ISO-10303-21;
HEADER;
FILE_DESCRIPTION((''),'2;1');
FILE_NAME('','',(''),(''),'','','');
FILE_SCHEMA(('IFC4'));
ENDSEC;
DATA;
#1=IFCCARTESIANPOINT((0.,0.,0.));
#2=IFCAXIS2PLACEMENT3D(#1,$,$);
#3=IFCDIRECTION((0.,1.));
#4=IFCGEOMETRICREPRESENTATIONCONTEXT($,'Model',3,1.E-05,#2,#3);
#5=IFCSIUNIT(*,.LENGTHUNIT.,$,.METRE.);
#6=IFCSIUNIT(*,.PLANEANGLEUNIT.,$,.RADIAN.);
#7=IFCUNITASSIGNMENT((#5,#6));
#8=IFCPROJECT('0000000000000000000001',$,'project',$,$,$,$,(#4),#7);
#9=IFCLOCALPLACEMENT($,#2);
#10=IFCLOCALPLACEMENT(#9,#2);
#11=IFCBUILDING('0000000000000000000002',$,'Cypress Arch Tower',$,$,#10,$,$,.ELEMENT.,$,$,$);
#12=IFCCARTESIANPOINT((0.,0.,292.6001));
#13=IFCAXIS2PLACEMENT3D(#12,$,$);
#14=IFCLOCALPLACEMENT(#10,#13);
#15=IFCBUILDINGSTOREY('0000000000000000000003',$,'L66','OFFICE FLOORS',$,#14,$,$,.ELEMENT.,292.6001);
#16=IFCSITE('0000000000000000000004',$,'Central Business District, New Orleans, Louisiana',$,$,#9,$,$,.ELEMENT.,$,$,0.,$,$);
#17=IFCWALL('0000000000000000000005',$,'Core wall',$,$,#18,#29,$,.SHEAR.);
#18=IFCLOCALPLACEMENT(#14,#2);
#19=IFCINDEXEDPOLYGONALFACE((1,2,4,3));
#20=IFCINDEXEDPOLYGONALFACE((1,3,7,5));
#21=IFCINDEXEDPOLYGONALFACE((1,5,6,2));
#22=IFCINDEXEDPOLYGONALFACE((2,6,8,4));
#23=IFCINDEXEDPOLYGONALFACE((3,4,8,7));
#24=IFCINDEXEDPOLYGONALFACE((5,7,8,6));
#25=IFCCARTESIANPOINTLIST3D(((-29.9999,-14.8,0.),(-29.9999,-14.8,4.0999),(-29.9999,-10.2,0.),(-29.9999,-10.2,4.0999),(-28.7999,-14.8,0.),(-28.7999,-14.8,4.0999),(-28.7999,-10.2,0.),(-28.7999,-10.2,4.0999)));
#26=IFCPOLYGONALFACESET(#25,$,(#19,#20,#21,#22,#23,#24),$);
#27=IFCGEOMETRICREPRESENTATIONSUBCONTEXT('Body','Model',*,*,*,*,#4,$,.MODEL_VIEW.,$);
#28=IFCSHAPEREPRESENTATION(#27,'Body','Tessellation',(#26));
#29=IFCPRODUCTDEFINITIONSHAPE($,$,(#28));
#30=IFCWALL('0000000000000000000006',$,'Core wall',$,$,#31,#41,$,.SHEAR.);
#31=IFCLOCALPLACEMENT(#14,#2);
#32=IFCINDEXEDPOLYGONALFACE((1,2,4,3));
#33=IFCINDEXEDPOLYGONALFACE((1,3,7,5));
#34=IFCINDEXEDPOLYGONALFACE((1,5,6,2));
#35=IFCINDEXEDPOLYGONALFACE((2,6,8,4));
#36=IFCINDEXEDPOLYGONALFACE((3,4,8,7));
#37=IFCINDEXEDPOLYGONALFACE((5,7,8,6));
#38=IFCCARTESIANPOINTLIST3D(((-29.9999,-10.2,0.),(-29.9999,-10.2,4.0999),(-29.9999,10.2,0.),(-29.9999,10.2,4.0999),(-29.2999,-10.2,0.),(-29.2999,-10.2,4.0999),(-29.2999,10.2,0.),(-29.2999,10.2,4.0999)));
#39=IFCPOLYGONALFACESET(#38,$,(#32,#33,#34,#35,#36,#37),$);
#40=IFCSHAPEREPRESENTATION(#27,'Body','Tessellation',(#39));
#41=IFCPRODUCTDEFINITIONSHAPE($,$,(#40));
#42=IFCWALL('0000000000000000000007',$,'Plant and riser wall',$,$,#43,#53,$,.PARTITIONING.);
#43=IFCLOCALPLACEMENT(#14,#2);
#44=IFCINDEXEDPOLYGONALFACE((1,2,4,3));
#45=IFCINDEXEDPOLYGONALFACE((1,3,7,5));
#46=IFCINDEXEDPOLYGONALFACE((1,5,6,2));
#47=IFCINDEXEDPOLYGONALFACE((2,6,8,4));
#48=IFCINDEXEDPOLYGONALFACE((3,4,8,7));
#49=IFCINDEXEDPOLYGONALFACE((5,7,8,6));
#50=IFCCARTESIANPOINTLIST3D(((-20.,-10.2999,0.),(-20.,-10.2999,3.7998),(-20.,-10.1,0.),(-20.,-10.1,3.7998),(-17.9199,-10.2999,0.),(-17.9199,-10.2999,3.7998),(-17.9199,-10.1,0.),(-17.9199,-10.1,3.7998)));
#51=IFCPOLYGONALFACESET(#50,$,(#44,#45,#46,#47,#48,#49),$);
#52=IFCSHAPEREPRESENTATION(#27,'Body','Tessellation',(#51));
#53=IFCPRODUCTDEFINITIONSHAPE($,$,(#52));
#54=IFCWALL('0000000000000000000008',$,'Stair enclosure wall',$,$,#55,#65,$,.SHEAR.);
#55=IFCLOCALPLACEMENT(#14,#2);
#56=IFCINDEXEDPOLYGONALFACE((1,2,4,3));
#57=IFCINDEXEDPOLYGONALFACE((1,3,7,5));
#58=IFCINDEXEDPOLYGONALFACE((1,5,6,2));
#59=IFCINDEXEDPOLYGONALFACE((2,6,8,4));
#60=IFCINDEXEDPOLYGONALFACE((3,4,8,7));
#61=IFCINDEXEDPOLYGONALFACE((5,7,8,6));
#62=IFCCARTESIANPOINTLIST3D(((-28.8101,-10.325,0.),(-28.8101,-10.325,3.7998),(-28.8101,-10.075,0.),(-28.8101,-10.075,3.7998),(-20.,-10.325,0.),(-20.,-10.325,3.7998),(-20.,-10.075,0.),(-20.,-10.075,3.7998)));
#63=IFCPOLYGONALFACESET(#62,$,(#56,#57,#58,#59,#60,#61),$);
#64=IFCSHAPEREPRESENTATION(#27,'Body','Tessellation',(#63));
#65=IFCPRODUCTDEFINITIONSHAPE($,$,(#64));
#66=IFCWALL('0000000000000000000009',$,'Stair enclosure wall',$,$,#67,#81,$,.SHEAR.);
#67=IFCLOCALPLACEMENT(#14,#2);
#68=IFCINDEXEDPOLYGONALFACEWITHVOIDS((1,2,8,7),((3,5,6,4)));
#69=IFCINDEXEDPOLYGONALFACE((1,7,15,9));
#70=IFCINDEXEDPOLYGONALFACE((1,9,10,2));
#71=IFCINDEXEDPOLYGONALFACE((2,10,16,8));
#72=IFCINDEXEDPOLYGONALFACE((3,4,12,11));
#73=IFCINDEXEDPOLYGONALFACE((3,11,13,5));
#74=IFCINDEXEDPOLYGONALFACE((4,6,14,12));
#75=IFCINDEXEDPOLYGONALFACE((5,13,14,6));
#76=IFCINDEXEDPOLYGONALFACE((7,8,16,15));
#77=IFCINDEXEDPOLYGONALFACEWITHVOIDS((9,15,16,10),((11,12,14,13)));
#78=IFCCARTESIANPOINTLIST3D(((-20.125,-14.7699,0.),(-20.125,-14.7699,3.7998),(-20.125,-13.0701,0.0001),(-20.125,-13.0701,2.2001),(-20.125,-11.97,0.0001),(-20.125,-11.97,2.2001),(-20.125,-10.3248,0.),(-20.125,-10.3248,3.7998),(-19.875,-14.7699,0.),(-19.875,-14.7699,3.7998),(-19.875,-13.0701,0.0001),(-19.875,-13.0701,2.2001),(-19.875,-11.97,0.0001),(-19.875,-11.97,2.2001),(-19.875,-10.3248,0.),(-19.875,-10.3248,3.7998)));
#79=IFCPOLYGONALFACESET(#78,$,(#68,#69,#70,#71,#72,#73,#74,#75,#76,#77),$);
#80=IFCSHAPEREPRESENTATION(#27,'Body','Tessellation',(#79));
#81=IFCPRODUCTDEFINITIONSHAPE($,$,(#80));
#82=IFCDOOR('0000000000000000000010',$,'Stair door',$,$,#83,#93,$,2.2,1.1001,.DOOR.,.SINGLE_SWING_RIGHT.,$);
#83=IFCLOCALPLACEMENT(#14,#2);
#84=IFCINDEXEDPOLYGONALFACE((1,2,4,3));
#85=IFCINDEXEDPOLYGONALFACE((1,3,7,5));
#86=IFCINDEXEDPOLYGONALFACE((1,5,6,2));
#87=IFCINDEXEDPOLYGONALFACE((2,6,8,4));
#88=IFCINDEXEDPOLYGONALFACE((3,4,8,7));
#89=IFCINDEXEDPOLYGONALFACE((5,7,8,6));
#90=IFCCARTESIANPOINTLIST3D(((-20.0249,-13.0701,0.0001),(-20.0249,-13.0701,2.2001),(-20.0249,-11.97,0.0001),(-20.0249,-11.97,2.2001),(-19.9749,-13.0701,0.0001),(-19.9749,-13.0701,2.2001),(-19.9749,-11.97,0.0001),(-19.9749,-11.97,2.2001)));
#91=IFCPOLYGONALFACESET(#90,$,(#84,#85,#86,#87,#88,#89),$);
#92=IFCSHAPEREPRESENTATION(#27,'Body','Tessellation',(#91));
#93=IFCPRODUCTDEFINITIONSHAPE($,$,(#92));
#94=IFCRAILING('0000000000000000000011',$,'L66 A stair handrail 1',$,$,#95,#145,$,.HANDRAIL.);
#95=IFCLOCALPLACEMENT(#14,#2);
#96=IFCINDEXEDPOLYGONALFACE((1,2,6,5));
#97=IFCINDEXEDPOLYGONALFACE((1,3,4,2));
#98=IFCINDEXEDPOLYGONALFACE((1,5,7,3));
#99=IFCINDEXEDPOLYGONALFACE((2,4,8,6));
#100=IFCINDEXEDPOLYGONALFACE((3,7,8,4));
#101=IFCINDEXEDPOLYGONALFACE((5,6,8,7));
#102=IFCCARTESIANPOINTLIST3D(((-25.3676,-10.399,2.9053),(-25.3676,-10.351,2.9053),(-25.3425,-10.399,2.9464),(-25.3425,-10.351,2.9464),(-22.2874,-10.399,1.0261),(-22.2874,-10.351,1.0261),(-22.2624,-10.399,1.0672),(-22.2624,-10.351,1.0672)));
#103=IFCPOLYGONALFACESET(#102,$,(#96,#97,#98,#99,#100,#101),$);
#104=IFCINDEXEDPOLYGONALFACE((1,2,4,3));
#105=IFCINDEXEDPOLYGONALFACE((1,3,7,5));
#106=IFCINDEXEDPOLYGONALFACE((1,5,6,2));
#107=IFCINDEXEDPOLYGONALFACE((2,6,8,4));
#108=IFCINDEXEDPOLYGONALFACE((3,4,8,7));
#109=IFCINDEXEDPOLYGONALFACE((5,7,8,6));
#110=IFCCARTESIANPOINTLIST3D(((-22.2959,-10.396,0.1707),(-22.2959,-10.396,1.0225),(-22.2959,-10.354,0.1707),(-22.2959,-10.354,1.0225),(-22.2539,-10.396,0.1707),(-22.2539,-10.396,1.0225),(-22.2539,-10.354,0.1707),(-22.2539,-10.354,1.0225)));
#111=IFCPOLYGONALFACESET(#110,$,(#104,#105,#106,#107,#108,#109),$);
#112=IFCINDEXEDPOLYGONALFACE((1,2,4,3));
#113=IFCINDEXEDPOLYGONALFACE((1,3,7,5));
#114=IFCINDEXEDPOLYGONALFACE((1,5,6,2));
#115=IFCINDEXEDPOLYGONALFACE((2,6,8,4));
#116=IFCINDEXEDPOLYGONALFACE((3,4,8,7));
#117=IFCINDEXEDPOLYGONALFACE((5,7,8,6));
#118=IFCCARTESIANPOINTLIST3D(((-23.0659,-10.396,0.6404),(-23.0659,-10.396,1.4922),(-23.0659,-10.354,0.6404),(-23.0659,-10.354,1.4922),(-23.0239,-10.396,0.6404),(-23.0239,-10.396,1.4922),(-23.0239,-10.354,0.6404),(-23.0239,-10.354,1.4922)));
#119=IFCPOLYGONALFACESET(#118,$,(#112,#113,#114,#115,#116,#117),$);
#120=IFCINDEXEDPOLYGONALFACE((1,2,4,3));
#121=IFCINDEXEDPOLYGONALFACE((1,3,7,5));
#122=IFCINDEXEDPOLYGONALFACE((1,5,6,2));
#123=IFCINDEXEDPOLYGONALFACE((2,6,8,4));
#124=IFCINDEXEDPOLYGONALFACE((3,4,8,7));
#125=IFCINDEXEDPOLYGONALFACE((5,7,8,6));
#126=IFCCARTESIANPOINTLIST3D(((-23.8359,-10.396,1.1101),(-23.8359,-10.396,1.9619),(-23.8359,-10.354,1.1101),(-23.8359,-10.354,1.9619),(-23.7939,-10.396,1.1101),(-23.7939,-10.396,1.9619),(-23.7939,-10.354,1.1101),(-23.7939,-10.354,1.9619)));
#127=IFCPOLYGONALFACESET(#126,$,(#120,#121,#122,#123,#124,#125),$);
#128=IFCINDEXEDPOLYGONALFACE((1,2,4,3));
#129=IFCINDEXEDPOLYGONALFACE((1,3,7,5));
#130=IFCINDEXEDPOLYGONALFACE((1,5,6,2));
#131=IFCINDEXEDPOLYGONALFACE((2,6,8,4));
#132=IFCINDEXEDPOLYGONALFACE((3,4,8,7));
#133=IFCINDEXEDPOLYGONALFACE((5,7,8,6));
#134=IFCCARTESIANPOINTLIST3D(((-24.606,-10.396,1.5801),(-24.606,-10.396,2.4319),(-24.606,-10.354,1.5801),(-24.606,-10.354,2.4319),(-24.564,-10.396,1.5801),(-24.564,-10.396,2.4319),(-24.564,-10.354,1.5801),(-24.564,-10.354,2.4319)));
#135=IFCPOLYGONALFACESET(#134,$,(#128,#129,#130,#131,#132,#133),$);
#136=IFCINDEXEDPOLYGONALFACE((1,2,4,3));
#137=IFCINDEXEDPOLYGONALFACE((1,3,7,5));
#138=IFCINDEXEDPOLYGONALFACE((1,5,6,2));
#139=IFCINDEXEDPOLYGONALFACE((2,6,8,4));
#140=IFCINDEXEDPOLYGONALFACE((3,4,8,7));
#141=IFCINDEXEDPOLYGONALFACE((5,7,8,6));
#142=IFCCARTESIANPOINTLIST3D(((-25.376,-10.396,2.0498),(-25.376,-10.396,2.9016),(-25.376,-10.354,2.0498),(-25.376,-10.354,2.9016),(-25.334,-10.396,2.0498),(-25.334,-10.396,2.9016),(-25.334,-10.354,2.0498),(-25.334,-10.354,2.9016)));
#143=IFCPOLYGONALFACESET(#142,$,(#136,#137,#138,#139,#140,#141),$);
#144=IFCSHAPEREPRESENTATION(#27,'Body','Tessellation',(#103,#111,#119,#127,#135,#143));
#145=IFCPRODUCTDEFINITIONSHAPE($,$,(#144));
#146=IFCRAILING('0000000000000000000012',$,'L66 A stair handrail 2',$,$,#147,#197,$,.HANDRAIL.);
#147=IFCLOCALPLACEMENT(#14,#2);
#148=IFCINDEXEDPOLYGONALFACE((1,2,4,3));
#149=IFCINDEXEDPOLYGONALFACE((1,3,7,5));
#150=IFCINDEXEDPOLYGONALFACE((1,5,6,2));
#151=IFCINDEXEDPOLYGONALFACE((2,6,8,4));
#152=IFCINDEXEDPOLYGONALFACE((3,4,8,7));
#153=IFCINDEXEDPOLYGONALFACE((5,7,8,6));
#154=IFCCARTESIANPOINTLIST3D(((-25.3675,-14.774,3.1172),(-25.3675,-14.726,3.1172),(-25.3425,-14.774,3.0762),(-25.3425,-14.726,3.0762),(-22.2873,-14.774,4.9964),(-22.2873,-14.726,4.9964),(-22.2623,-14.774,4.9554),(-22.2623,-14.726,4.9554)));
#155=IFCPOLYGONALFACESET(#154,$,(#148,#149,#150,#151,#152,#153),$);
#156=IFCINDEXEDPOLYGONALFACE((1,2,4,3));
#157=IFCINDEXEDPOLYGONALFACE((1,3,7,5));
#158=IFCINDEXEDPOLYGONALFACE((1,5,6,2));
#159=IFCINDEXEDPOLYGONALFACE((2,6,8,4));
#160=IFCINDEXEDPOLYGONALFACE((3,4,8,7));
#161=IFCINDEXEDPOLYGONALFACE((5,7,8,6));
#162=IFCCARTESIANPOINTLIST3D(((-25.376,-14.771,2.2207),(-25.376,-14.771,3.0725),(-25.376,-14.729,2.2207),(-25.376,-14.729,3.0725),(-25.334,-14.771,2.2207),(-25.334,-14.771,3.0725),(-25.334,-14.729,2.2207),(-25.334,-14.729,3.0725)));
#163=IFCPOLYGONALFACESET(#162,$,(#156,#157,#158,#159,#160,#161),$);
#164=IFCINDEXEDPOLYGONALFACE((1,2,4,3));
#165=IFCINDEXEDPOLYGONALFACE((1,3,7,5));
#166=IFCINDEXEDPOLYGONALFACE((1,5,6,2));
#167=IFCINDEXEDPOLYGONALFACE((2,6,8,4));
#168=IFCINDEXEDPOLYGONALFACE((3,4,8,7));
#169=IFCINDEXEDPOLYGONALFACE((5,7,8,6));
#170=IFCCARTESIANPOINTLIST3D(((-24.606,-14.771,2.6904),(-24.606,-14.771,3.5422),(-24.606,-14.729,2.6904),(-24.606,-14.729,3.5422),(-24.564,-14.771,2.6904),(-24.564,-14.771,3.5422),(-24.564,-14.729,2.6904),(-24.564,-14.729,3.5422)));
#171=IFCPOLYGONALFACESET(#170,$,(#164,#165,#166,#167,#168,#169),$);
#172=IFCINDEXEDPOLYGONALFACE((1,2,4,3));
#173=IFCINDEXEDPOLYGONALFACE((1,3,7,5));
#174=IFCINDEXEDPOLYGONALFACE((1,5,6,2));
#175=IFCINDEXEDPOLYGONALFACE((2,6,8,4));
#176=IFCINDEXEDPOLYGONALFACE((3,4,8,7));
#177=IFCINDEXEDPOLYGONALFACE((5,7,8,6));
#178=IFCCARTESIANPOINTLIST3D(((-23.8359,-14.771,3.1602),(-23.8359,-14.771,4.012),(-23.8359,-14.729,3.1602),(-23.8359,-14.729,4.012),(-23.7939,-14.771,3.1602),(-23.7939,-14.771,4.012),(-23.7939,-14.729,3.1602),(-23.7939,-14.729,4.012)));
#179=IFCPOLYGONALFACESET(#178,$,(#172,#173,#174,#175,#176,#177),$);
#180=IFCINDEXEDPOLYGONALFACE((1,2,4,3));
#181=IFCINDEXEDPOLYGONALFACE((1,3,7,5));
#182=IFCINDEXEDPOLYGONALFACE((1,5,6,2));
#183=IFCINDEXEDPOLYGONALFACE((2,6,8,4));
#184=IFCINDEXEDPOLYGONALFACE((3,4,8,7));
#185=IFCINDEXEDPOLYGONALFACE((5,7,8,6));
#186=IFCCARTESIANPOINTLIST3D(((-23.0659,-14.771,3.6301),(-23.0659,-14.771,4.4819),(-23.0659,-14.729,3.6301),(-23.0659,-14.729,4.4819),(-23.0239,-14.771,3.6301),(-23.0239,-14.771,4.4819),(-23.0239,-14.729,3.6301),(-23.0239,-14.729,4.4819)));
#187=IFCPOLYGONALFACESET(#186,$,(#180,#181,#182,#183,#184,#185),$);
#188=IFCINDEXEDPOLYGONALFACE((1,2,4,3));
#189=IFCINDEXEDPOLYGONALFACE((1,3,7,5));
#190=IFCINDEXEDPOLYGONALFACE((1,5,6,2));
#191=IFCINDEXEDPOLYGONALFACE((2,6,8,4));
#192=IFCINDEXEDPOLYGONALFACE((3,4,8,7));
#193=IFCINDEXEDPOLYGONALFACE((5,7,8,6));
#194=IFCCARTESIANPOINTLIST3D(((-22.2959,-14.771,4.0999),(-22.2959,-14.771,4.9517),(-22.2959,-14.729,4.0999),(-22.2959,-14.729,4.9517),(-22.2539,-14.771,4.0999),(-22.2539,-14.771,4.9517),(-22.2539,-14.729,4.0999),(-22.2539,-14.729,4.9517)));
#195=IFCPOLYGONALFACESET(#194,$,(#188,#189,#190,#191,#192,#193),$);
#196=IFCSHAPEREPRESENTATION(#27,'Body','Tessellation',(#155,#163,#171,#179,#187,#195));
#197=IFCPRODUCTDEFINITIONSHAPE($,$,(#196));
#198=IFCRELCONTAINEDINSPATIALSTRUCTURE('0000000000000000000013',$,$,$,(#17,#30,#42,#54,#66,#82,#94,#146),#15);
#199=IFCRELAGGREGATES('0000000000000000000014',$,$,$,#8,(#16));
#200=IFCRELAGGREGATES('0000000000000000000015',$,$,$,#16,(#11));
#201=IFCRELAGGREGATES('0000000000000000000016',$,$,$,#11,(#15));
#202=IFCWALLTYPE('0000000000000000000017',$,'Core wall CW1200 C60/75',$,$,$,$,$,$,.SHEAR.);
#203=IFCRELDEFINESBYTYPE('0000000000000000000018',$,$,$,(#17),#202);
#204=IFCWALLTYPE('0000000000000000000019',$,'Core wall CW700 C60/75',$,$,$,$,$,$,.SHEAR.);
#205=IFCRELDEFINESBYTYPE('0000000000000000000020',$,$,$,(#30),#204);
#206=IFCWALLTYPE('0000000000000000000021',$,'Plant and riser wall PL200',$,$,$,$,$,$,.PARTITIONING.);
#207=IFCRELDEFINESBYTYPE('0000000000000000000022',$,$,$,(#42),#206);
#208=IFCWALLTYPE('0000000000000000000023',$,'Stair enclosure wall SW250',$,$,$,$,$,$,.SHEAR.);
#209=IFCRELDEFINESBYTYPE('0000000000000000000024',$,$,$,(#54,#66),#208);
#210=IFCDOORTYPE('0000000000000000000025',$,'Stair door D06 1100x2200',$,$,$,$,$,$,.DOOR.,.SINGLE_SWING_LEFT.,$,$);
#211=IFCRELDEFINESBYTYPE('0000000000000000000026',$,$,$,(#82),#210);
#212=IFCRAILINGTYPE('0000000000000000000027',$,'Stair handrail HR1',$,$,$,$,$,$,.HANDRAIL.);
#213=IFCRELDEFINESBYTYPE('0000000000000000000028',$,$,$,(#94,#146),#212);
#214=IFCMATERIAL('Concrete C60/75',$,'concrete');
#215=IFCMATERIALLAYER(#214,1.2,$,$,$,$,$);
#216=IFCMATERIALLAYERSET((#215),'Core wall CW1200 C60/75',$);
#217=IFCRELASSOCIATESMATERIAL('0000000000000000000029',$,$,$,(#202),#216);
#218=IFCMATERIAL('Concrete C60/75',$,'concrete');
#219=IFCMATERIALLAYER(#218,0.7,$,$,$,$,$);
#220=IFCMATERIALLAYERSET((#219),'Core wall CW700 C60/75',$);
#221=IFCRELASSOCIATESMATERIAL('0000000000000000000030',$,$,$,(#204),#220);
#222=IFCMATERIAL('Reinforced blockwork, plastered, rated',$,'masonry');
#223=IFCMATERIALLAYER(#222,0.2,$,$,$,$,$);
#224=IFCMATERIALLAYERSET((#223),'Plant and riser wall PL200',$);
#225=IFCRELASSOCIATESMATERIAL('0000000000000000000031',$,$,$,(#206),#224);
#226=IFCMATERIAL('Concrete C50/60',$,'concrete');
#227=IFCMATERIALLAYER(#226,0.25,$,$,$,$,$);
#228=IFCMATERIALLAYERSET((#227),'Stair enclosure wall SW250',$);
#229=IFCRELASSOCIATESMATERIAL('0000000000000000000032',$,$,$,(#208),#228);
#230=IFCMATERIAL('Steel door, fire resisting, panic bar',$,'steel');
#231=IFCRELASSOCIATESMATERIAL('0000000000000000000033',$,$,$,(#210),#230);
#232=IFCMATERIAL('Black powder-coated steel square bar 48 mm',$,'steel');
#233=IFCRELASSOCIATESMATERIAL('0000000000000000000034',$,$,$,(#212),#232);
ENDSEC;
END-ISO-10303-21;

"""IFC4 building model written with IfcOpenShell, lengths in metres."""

from ifc_helpers import new_model, si_unit, direction, frame, frame_2d, origin, origin_2d, place, context, subcontext, project, spatial, rectangle, extrude, material, layer, layer_set, type_object, element, fill, save


model = new_model("IFC4")

# Units and contexts
model_context = context("Model", 3, precision=1e-05, world=origin(), true_north=direction((0.0, 1.0)))
body_context = subcontext(model_context, "Body", "Model", "MODEL_VIEW")
ifc_project = project(units=[si_unit("LENGTHUNIT", "METRE"), si_unit("PLANEANGLEUNIT", "RADIAN")], contexts=[model_context])

# Site, building, storey
site_placement = place(None, origin())
site = spatial("IfcSite", under=ifc_project, at=site_placement, Name="Central Business District, New Orleans, Louisiana", CompositionType="ELEMENT", RefElevation=0.0)
building_placement = place(site_placement, origin())
building = spatial("IfcBuilding", under=site, at=building_placement, Name="Cypress Arch Tower", CompositionType="ELEMENT")
storey_placement = place(building_placement, frame((0.0, 0.0, 292.6001)))
storey = spatial("IfcBuildingStorey", under=building, at=storey_placement, Name="L66", Description="OFFICE FLOORS", CompositionType="ELEMENT", Elevation=292.6001)

# Walls
ifc_material_1 = material(Name="Concrete C60/75", Category="concrete")
ifc_layer_1 = layer(ifc_material_1, 1.2)
ifc_layer_set_1 = layer_set([ifc_layer_1], Name="Core wall CW1200 C60/75")
wall_type_1 = type_object("IfcWallType", Name="Core wall CW1200 C60/75", PredefinedType="SHEAR", material=ifc_layer_set_1)
wall_1_placement = place(storey_placement, frame((-29.3999, -14.8, 0.0), z_axis=(0.0, 0.0, 1.0), x_axis=(0.0, 1.0, 0.0)))
element("IfcWall", 1, at=wall_1_placement, inside=storey, type_object=wall_type_1, Name="Core wall", PredefinedType="SHEAR", context=body_context, shape_type="SweptSolid", body=[
    extrude(rectangle(XDim=4.6001, YDim=1.2, at=frame_2d((2.3, 0.0))), origin(), (0.0, 0.0, 1.0), 4.0999),
])
ifc_material_2 = material(Name="Concrete C60/75", Category="concrete")
ifc_layer_2 = layer(ifc_material_2, 0.7)
ifc_layer_set_2 = layer_set([ifc_layer_2], Name="Core wall CW700 C60/75")
wall_type_2 = type_object("IfcWallType", Name="Core wall CW700 C60/75", PredefinedType="SHEAR", material=ifc_layer_set_2)
wall_2_placement = place(storey_placement, frame((-29.6499, -10.2, 0.0), z_axis=(0.0, 0.0, 1.0), x_axis=(0.0, 1.0, 0.0)))
element("IfcWall", 2, at=wall_2_placement, inside=storey, type_object=wall_type_2, Name="Core wall", PredefinedType="SHEAR", context=body_context, shape_type="SweptSolid", body=[
    extrude(rectangle(XDim=20.3999, YDim=0.7, at=frame_2d((10.2, 0.0))), origin(), (0.0, 0.0, 1.0), 4.0999),
])
ifc_material_3 = material(Name="Reinforced blockwork, plastered, rated", Category="masonry")
ifc_layer_3 = layer(ifc_material_3, 0.2)
ifc_layer_set_3 = layer_set([ifc_layer_3], Name="Plant and riser wall PL200")
wall_type_3 = type_object("IfcWallType", Name="Plant and riser wall PL200", PredefinedType="PARTITIONING", material=ifc_layer_set_3)
wall_3_placement = place(storey_placement, frame((-20.0, -10.2, 0.0), z_axis=(0.0, 0.0, 1.0), x_axis=(1.0, 0.0, 0.0)))
element("IfcWall", 3, at=wall_3_placement, inside=storey, type_object=wall_type_3, Name="Plant and riser wall", PredefinedType="PARTITIONING", context=body_context, shape_type="SweptSolid", body=[
    extrude(rectangle(XDim=2.0801, YDim=0.2, at=frame_2d((1.04, 0.0))), origin(), (0.0, 0.0, 1.0), 3.7998),
])
ifc_material_4 = material(Name="Concrete C50/60", Category="concrete")
ifc_layer_4 = layer(ifc_material_4, 0.25)
ifc_layer_set_4 = layer_set([ifc_layer_4], Name="Stair enclosure wall SW250")
wall_type_4 = type_object("IfcWallType", Name="Stair enclosure wall SW250", PredefinedType="SHEAR", material=ifc_layer_set_4)
wall_4_placement = place(storey_placement, frame((-28.8101, -10.2, 0.0), z_axis=(0.0, 0.0, 1.0), x_axis=(1.0, 0.0, 0.0)))
element("IfcWall", 4, at=wall_4_placement, inside=storey, type_object=wall_type_4, Name="Stair enclosure wall", PredefinedType="SHEAR", context=body_context, shape_type="SweptSolid", body=[
    extrude(rectangle(XDim=8.8101, YDim=0.25, at=frame_2d((4.405, 0.0))), origin(), (0.0, 0.0, 1.0), 3.7998),
])

# Wall, opening, door
wall_5_placement = place(storey_placement, frame((-20.0, -14.77, 0.0), z_axis=(0.0, 0.0, 1.0), x_axis=(0.0, 1.0, 0.0)))
wall_5 = element("IfcWall", 5, at=wall_5_placement, inside=storey, type_object=wall_type_4, Name="Stair enclosure wall", PredefinedType="SHEAR", context=body_context, shape_type="SweptSolid", body=[
    extrude(rectangle(XDim=4.4451, YDim=0.25, at=frame_2d((2.2227, 0.0))), origin(), (0.0, 0.0, 1.0), 3.7998),
])
opening_1_placement = place(wall_5_placement, frame((1.7, 0.0, 0.0)))
opening_1 = element("IfcOpeningElement", 6, at=opening_1_placement, cuts=wall_5, PredefinedType="OPENING", context=body_context, shape_type="SweptSolid", body=[
    extrude(rectangle(XDim=1.1001, YDim=2.2, at=frame_2d((0.55, 1.1001))), frame((0.0, 0.135, 0.0), z_axis=(0.0, -1.0, 0.0), x_axis=(1.0, 0.0, 0.0)), (0.0, 0.0, 1.0), 0.27),
])
ifc_material_5 = material(Name="Steel door, fire resisting, panic bar", Category="steel")
door_type = type_object("IfcDoorType", Name="Stair door D06 1100x2200", OperationType="SINGLE_SWING_LEFT", PredefinedType="DOOR", material=ifc_material_5)
door_placement = place(opening_1_placement, origin())
door = element("IfcDoor", 7, at=door_placement, inside=storey, type_object=door_type, Name="Stair door", OperationType="SINGLE_SWING_RIGHT", OverallHeight=2.2, OverallWidth=1.1001, PredefinedType="DOOR", context=body_context, shape_type="SweptSolid", body=[
    extrude(rectangle(XDim=1.1001, YDim=2.2, at=frame_2d((0.55, 1.1001))), frame((0.0, 0.0249, 0.0), z_axis=(0.0, -1.0, 0.0), x_axis=(1.0, 0.0, 0.0)), (0.0, 0.0, 1.0), 0.05),
])
fill(opening_1, door)

# Railings
ifc_material_6 = material(Name="Black powder-coated steel square bar 48 mm", Category="steel")
railing_type_1 = type_object("IfcRailingType", Name="Stair handrail HR1", PredefinedType="HANDRAIL", material=ifc_material_6)
railing_1_placement = place(storey_placement, frame((-22.2749, -10.375, 0.1707)))
element("IfcRailing", 8, at=railing_1_placement, inside=storey, type_object=railing_type_1, Name="L66 A stair handrail 1", PredefinedType="HANDRAIL", context=body_context, shape_type="SweptSolid", body=[
    extrude(rectangle(XDim=0.0481, YDim=0.0481, at=origin_2d()), frame((0.0, 0.0, 0.876), z_axis=(-0.853666, 0.0, 0.52082), x_axis=(0.0, -1.0, 0.0)), (0.0, 0.0, 1.0), 3.6082),
    extrude(rectangle(XDim=0.042, YDim=0.042, at=origin_2d()), origin(), (0.0, 0.0, 1.0), 0.8518),
    extrude(rectangle(XDim=0.042, YDim=0.042, at=origin_2d()), frame((-0.77, 0.0, 0.4697)), (0.0, 0.0, 1.0), 0.8518),
    extrude(rectangle(XDim=0.042, YDim=0.042, at=origin_2d()), frame((-1.54, 0.0, 0.9395)), (0.0, 0.0, 1.0), 0.8518),
    extrude(rectangle(XDim=0.042, YDim=0.042, at=origin_2d()), frame((-2.3101, 0.0, 1.4094)), (0.0, 0.0, 1.0), 0.8518),
    extrude(rectangle(XDim=0.042, YDim=0.042, at=origin_2d()), frame((-3.0801, 0.0, 1.8792)), (0.0, 0.0, 1.0), 0.8518),
])
railing_2_placement = place(storey_placement, frame((-25.355, -14.75, 2.2207)))
element("IfcRailing", 9, at=railing_2_placement, inside=storey, type_object=railing_type_1, Name="L66 A stair handrail 2", PredefinedType="HANDRAIL", context=body_context, shape_type="SweptSolid", body=[
    extrude(rectangle(XDim=0.0481, YDim=0.0481, at=origin_2d()), frame((0.0, 0.0, 0.876), z_axis=(0.853666, 0.0, 0.52082), x_axis=(0.0, 1.0, 0.0)), (0.0, 0.0, 1.0), 3.6082),
    extrude(rectangle(XDim=0.042, YDim=0.042, at=origin_2d()), origin(), (0.0, 0.0, 1.0), 0.8518),
    extrude(rectangle(XDim=0.042, YDim=0.042, at=origin_2d()), frame((0.77, 0.0, 0.4697)), (0.0, 0.0, 1.0), 0.8518),
    extrude(rectangle(XDim=0.042, YDim=0.042, at=origin_2d()), frame((1.54, 0.0, 0.9395)), (0.0, 0.0, 1.0), 0.8518),
    extrude(rectangle(XDim=0.042, YDim=0.042, at=origin_2d()), frame((2.3101, 0.0, 1.4094)), (0.0, 0.0, 1.0), 0.8518),
    extrude(rectangle(XDim=0.042, YDim=0.042, at=origin_2d()), frame((3.0801, 0.0, 1.8792)), (0.0, 0.0, 1.0), 0.8518),
])

save(model, "model.ifc")
